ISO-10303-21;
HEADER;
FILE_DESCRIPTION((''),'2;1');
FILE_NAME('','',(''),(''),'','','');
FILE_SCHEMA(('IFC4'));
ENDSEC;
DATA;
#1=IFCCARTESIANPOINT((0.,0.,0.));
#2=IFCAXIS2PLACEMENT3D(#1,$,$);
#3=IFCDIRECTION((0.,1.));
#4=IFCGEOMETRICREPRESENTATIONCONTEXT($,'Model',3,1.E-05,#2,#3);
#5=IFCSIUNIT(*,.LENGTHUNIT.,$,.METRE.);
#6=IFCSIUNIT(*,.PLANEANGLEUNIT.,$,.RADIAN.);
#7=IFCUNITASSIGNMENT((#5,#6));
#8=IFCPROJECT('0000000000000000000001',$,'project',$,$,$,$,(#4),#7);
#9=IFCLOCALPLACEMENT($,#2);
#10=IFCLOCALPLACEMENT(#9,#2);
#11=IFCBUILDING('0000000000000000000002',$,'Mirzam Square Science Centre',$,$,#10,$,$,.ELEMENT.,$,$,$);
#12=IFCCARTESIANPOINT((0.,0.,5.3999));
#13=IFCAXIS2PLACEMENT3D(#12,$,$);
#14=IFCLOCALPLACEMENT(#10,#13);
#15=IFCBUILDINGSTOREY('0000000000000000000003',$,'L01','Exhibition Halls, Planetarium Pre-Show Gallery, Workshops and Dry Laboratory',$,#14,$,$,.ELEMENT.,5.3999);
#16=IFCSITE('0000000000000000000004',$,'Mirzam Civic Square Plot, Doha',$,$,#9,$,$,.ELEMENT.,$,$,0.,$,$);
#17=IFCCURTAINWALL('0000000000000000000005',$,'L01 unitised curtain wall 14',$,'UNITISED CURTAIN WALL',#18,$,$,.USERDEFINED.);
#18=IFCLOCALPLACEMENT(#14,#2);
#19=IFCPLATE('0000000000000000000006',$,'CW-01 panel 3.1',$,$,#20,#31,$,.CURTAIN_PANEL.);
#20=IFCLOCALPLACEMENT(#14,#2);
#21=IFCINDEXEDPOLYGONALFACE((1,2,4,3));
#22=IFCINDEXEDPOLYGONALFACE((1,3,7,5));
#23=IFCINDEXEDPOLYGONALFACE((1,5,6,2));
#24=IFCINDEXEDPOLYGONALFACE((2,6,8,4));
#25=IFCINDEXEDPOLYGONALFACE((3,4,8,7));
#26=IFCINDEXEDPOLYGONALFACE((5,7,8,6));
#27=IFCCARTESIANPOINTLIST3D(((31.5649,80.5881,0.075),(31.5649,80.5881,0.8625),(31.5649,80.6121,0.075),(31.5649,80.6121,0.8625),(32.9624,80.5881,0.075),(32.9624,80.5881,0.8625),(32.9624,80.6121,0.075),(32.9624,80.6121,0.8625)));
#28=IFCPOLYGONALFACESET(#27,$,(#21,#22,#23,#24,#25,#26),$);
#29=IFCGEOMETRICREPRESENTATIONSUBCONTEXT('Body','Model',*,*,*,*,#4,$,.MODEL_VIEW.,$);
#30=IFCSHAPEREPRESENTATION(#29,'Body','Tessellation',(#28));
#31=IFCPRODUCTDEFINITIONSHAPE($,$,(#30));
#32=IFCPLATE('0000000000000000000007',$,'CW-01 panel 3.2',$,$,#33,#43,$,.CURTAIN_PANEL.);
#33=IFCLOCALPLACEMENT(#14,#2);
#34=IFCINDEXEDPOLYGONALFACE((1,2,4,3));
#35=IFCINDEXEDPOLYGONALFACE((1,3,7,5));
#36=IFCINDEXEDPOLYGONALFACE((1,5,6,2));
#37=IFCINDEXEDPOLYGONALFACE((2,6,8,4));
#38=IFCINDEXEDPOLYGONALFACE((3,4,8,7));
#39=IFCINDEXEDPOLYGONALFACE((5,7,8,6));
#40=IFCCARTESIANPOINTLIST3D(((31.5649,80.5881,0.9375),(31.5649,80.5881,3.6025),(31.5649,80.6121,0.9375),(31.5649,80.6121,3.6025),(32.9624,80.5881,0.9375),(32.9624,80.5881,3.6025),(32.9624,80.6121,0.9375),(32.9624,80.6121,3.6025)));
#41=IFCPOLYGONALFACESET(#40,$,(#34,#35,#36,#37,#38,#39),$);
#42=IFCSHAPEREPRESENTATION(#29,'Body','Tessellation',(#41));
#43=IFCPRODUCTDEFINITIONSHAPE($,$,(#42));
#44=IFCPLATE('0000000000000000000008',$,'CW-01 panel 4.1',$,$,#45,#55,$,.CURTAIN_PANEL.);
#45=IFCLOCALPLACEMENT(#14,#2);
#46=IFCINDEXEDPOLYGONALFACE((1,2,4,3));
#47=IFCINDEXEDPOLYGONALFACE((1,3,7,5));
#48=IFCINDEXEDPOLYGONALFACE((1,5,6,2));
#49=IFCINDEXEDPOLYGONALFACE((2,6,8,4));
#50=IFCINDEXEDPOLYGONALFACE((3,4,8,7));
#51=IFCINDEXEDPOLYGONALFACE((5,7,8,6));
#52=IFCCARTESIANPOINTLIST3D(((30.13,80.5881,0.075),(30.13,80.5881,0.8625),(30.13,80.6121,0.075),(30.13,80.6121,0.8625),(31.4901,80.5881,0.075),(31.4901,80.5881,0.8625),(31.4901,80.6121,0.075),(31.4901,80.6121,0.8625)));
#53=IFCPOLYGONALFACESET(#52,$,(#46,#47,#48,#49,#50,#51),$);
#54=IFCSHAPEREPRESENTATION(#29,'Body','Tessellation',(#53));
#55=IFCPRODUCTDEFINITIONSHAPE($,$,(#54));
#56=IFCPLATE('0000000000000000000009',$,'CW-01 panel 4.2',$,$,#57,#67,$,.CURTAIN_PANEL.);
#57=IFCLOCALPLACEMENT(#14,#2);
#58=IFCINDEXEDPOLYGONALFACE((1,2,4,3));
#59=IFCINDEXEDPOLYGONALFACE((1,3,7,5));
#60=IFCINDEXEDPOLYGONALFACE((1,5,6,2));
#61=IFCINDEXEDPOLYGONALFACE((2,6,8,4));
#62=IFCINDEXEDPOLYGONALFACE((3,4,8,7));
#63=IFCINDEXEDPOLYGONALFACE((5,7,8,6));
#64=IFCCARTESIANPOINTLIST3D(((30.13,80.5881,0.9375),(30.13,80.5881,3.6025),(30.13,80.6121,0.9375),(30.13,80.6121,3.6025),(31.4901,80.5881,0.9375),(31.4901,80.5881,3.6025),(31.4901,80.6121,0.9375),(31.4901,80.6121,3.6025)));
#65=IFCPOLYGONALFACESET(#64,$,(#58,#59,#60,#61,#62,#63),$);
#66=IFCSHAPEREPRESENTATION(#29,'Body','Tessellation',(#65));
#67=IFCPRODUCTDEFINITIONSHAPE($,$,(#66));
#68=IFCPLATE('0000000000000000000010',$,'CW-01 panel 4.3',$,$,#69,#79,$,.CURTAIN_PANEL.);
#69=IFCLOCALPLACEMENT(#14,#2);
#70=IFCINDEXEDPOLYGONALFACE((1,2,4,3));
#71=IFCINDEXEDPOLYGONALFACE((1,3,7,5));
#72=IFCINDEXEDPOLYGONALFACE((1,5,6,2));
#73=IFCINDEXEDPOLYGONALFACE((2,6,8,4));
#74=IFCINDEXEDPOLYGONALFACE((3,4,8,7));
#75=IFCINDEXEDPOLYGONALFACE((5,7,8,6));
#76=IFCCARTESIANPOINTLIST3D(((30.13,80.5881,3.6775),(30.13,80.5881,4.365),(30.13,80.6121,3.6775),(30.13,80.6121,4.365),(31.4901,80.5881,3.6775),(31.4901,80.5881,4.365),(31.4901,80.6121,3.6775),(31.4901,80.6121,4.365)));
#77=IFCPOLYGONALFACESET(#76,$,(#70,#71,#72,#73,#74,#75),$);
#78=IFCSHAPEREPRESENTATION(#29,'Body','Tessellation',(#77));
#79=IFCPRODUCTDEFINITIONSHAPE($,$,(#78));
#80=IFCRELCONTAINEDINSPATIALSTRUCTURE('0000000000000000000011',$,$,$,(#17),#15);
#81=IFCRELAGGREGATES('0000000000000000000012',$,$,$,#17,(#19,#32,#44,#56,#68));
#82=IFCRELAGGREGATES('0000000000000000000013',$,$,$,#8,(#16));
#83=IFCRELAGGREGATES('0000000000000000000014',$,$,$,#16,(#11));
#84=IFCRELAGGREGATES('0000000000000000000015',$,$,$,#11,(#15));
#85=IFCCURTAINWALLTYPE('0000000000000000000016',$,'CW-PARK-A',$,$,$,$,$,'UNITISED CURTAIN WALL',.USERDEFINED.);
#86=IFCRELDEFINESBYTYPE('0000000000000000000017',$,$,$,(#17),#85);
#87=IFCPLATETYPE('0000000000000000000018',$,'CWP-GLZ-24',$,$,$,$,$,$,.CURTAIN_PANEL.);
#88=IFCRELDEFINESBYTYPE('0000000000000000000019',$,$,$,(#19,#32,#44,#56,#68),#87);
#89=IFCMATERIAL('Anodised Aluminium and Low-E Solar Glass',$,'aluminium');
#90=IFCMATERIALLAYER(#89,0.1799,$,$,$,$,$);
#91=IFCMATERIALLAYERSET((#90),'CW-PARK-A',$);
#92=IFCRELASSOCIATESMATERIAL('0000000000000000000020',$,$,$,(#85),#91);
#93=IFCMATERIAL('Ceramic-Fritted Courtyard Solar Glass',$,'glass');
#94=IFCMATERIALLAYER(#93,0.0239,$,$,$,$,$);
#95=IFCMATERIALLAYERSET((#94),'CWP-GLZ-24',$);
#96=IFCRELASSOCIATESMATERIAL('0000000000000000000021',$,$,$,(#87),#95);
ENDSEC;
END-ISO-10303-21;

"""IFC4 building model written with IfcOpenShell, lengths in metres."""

from ifc_helpers import new_model, si_unit, direction, frame, origin, origin_2d, place, context, subcontext, project, spatial, rectangle, extrude, material, layer, layer_set, type_object, element, aggregate, save


model = new_model("IFC4")

# Units and contexts
model_context = context("Model", 3, precision=1e-05, world=origin(), true_north=direction((0.0, 1.0)))
body_context = subcontext(model_context, "Body", "Model", "MODEL_VIEW")
ifc_project = project(units=[si_unit("LENGTHUNIT", "METRE"), si_unit("PLANEANGLEUNIT", "RADIAN")], contexts=[model_context])

# Site, building, storey
site_placement = place(None, origin())
site = spatial("IfcSite", under=ifc_project, at=site_placement, Name="Mirzam Civic Square Plot, Doha", CompositionType="ELEMENT", RefElevation=0.0)
building_placement = place(site_placement, origin())
building = spatial("IfcBuilding", under=site, at=building_placement, Name="Mirzam Square Science Centre", CompositionType="ELEMENT")
storey_placement = place(building_placement, frame((0.0, 0.0, 5.3999)))
storey = spatial("IfcBuildingStorey", under=building, at=storey_placement, Name="L01", Description="Exhibition Halls, Planetarium Pre-Show Gallery, Workshops and Dry Laboratory", CompositionType="ELEMENT", Elevation=5.3999)

# Curtain wall
ifc_material_1 = material(Name="Anodised Aluminium and Low-E Solar Glass", Category="aluminium")
ifc_layer_1 = layer(ifc_material_1, 0.1799)
ifc_layer_set_1 = layer_set([ifc_layer_1], Name="CW-PARK-A")
curtain_wall_type = type_object("IfcCurtainWallType", Name="CW-PARK-A", ElementType="UNITISED CURTAIN WALL", PredefinedType="USERDEFINED", material=ifc_layer_set_1)
curtain_wall_placement = place(storey_placement, origin())
curtain_wall = element("IfcCurtainWall", 1, at=curtain_wall_placement, inside=storey, type_object=curtain_wall_type, Name="L01 unitised curtain wall 14", ObjectType="UNITISED CURTAIN WALL", PredefinedType="USERDEFINED")

# Plates
ifc_material_2 = material(Name="Ceramic-Fritted Courtyard Solar Glass", Category="glass")
ifc_layer_2 = layer(ifc_material_2, 0.0239)
ifc_layer_set_2 = layer_set([ifc_layer_2], Name="CWP-GLZ-24")
plate_type = type_object("IfcPlateType", Name="CWP-GLZ-24", PredefinedType="CURTAIN_PANEL", material=ifc_layer_set_2)
plate_1_placement = place(storey_placement, frame((32.2637, 80.6001, 0.075), z_axis=(0.0, 0.0, 1.0), x_axis=(-1.0, 0.0, 0.0)))
plate_1 = element("IfcPlate", 2, at=plate_1_placement, type_object=plate_type, Name="CW-01 panel 3.1", PredefinedType="CURTAIN_PANEL", context=body_context, shape_type="SweptSolid", body=[
    extrude(rectangle(XDim=1.3975, YDim=0.0239, at=origin_2d()), origin(), (0.0, 0.0, 1.0), 0.7876),
])
plate_2_placement = place(storey_placement, frame((32.2637, 80.6001, 0.9375), z_axis=(0.0, 0.0, 1.0), x_axis=(-1.0, 0.0, 0.0)))
plate_2 = element("IfcPlate", 3, at=plate_2_placement, type_object=plate_type, Name="CW-01 panel 3.2", PredefinedType="CURTAIN_PANEL", context=body_context, shape_type="SweptSolid", body=[
    extrude(rectangle(XDim=1.3975, YDim=0.0239, at=origin_2d()), origin(), (0.0, 0.0, 1.0), 2.665),
])
plate_3_placement = place(storey_placement, frame((30.8101, 80.6001, 0.075), z_axis=(0.0, 0.0, 1.0), x_axis=(-1.0, 0.0, 0.0)))
plate_3 = element("IfcPlate", 4, at=plate_3_placement, type_object=plate_type, Name="CW-01 panel 4.1", PredefinedType="CURTAIN_PANEL", context=body_context, shape_type="SweptSolid", body=[
    extrude(rectangle(XDim=1.3601, YDim=0.0239, at=origin_2d()), origin(), (0.0, 0.0, 1.0), 0.7876),
])
plate_4_placement = place(storey_placement, frame((30.8101, 80.6001, 0.9375), z_axis=(0.0, 0.0, 1.0), x_axis=(-1.0, 0.0, 0.0)))
plate_4 = element("IfcPlate", 5, at=plate_4_placement, type_object=plate_type, Name="CW-01 panel 4.2", PredefinedType="CURTAIN_PANEL", context=body_context, shape_type="SweptSolid", body=[
    extrude(rectangle(XDim=1.3601, YDim=0.0239, at=origin_2d()), origin(), (0.0, 0.0, 1.0), 2.665),
])
plate_5_placement = place(storey_placement, frame((30.8101, 80.6001, 3.6775), z_axis=(0.0, 0.0, 1.0), x_axis=(-1.0, 0.0, 0.0)))
plate_5 = element("IfcPlate", 6, at=plate_5_placement, type_object=plate_type, Name="CW-01 panel 4.3", PredefinedType="CURTAIN_PANEL", context=body_context, shape_type="SweptSolid", body=[
    extrude(rectangle(XDim=1.3601, YDim=0.0239, at=origin_2d()), origin(), (0.0, 0.0, 1.0), 0.6875),
])
aggregate(curtain_wall, [plate_1, plate_2, plate_3, plate_4, plate_5])

save(model, "model.ifc")
